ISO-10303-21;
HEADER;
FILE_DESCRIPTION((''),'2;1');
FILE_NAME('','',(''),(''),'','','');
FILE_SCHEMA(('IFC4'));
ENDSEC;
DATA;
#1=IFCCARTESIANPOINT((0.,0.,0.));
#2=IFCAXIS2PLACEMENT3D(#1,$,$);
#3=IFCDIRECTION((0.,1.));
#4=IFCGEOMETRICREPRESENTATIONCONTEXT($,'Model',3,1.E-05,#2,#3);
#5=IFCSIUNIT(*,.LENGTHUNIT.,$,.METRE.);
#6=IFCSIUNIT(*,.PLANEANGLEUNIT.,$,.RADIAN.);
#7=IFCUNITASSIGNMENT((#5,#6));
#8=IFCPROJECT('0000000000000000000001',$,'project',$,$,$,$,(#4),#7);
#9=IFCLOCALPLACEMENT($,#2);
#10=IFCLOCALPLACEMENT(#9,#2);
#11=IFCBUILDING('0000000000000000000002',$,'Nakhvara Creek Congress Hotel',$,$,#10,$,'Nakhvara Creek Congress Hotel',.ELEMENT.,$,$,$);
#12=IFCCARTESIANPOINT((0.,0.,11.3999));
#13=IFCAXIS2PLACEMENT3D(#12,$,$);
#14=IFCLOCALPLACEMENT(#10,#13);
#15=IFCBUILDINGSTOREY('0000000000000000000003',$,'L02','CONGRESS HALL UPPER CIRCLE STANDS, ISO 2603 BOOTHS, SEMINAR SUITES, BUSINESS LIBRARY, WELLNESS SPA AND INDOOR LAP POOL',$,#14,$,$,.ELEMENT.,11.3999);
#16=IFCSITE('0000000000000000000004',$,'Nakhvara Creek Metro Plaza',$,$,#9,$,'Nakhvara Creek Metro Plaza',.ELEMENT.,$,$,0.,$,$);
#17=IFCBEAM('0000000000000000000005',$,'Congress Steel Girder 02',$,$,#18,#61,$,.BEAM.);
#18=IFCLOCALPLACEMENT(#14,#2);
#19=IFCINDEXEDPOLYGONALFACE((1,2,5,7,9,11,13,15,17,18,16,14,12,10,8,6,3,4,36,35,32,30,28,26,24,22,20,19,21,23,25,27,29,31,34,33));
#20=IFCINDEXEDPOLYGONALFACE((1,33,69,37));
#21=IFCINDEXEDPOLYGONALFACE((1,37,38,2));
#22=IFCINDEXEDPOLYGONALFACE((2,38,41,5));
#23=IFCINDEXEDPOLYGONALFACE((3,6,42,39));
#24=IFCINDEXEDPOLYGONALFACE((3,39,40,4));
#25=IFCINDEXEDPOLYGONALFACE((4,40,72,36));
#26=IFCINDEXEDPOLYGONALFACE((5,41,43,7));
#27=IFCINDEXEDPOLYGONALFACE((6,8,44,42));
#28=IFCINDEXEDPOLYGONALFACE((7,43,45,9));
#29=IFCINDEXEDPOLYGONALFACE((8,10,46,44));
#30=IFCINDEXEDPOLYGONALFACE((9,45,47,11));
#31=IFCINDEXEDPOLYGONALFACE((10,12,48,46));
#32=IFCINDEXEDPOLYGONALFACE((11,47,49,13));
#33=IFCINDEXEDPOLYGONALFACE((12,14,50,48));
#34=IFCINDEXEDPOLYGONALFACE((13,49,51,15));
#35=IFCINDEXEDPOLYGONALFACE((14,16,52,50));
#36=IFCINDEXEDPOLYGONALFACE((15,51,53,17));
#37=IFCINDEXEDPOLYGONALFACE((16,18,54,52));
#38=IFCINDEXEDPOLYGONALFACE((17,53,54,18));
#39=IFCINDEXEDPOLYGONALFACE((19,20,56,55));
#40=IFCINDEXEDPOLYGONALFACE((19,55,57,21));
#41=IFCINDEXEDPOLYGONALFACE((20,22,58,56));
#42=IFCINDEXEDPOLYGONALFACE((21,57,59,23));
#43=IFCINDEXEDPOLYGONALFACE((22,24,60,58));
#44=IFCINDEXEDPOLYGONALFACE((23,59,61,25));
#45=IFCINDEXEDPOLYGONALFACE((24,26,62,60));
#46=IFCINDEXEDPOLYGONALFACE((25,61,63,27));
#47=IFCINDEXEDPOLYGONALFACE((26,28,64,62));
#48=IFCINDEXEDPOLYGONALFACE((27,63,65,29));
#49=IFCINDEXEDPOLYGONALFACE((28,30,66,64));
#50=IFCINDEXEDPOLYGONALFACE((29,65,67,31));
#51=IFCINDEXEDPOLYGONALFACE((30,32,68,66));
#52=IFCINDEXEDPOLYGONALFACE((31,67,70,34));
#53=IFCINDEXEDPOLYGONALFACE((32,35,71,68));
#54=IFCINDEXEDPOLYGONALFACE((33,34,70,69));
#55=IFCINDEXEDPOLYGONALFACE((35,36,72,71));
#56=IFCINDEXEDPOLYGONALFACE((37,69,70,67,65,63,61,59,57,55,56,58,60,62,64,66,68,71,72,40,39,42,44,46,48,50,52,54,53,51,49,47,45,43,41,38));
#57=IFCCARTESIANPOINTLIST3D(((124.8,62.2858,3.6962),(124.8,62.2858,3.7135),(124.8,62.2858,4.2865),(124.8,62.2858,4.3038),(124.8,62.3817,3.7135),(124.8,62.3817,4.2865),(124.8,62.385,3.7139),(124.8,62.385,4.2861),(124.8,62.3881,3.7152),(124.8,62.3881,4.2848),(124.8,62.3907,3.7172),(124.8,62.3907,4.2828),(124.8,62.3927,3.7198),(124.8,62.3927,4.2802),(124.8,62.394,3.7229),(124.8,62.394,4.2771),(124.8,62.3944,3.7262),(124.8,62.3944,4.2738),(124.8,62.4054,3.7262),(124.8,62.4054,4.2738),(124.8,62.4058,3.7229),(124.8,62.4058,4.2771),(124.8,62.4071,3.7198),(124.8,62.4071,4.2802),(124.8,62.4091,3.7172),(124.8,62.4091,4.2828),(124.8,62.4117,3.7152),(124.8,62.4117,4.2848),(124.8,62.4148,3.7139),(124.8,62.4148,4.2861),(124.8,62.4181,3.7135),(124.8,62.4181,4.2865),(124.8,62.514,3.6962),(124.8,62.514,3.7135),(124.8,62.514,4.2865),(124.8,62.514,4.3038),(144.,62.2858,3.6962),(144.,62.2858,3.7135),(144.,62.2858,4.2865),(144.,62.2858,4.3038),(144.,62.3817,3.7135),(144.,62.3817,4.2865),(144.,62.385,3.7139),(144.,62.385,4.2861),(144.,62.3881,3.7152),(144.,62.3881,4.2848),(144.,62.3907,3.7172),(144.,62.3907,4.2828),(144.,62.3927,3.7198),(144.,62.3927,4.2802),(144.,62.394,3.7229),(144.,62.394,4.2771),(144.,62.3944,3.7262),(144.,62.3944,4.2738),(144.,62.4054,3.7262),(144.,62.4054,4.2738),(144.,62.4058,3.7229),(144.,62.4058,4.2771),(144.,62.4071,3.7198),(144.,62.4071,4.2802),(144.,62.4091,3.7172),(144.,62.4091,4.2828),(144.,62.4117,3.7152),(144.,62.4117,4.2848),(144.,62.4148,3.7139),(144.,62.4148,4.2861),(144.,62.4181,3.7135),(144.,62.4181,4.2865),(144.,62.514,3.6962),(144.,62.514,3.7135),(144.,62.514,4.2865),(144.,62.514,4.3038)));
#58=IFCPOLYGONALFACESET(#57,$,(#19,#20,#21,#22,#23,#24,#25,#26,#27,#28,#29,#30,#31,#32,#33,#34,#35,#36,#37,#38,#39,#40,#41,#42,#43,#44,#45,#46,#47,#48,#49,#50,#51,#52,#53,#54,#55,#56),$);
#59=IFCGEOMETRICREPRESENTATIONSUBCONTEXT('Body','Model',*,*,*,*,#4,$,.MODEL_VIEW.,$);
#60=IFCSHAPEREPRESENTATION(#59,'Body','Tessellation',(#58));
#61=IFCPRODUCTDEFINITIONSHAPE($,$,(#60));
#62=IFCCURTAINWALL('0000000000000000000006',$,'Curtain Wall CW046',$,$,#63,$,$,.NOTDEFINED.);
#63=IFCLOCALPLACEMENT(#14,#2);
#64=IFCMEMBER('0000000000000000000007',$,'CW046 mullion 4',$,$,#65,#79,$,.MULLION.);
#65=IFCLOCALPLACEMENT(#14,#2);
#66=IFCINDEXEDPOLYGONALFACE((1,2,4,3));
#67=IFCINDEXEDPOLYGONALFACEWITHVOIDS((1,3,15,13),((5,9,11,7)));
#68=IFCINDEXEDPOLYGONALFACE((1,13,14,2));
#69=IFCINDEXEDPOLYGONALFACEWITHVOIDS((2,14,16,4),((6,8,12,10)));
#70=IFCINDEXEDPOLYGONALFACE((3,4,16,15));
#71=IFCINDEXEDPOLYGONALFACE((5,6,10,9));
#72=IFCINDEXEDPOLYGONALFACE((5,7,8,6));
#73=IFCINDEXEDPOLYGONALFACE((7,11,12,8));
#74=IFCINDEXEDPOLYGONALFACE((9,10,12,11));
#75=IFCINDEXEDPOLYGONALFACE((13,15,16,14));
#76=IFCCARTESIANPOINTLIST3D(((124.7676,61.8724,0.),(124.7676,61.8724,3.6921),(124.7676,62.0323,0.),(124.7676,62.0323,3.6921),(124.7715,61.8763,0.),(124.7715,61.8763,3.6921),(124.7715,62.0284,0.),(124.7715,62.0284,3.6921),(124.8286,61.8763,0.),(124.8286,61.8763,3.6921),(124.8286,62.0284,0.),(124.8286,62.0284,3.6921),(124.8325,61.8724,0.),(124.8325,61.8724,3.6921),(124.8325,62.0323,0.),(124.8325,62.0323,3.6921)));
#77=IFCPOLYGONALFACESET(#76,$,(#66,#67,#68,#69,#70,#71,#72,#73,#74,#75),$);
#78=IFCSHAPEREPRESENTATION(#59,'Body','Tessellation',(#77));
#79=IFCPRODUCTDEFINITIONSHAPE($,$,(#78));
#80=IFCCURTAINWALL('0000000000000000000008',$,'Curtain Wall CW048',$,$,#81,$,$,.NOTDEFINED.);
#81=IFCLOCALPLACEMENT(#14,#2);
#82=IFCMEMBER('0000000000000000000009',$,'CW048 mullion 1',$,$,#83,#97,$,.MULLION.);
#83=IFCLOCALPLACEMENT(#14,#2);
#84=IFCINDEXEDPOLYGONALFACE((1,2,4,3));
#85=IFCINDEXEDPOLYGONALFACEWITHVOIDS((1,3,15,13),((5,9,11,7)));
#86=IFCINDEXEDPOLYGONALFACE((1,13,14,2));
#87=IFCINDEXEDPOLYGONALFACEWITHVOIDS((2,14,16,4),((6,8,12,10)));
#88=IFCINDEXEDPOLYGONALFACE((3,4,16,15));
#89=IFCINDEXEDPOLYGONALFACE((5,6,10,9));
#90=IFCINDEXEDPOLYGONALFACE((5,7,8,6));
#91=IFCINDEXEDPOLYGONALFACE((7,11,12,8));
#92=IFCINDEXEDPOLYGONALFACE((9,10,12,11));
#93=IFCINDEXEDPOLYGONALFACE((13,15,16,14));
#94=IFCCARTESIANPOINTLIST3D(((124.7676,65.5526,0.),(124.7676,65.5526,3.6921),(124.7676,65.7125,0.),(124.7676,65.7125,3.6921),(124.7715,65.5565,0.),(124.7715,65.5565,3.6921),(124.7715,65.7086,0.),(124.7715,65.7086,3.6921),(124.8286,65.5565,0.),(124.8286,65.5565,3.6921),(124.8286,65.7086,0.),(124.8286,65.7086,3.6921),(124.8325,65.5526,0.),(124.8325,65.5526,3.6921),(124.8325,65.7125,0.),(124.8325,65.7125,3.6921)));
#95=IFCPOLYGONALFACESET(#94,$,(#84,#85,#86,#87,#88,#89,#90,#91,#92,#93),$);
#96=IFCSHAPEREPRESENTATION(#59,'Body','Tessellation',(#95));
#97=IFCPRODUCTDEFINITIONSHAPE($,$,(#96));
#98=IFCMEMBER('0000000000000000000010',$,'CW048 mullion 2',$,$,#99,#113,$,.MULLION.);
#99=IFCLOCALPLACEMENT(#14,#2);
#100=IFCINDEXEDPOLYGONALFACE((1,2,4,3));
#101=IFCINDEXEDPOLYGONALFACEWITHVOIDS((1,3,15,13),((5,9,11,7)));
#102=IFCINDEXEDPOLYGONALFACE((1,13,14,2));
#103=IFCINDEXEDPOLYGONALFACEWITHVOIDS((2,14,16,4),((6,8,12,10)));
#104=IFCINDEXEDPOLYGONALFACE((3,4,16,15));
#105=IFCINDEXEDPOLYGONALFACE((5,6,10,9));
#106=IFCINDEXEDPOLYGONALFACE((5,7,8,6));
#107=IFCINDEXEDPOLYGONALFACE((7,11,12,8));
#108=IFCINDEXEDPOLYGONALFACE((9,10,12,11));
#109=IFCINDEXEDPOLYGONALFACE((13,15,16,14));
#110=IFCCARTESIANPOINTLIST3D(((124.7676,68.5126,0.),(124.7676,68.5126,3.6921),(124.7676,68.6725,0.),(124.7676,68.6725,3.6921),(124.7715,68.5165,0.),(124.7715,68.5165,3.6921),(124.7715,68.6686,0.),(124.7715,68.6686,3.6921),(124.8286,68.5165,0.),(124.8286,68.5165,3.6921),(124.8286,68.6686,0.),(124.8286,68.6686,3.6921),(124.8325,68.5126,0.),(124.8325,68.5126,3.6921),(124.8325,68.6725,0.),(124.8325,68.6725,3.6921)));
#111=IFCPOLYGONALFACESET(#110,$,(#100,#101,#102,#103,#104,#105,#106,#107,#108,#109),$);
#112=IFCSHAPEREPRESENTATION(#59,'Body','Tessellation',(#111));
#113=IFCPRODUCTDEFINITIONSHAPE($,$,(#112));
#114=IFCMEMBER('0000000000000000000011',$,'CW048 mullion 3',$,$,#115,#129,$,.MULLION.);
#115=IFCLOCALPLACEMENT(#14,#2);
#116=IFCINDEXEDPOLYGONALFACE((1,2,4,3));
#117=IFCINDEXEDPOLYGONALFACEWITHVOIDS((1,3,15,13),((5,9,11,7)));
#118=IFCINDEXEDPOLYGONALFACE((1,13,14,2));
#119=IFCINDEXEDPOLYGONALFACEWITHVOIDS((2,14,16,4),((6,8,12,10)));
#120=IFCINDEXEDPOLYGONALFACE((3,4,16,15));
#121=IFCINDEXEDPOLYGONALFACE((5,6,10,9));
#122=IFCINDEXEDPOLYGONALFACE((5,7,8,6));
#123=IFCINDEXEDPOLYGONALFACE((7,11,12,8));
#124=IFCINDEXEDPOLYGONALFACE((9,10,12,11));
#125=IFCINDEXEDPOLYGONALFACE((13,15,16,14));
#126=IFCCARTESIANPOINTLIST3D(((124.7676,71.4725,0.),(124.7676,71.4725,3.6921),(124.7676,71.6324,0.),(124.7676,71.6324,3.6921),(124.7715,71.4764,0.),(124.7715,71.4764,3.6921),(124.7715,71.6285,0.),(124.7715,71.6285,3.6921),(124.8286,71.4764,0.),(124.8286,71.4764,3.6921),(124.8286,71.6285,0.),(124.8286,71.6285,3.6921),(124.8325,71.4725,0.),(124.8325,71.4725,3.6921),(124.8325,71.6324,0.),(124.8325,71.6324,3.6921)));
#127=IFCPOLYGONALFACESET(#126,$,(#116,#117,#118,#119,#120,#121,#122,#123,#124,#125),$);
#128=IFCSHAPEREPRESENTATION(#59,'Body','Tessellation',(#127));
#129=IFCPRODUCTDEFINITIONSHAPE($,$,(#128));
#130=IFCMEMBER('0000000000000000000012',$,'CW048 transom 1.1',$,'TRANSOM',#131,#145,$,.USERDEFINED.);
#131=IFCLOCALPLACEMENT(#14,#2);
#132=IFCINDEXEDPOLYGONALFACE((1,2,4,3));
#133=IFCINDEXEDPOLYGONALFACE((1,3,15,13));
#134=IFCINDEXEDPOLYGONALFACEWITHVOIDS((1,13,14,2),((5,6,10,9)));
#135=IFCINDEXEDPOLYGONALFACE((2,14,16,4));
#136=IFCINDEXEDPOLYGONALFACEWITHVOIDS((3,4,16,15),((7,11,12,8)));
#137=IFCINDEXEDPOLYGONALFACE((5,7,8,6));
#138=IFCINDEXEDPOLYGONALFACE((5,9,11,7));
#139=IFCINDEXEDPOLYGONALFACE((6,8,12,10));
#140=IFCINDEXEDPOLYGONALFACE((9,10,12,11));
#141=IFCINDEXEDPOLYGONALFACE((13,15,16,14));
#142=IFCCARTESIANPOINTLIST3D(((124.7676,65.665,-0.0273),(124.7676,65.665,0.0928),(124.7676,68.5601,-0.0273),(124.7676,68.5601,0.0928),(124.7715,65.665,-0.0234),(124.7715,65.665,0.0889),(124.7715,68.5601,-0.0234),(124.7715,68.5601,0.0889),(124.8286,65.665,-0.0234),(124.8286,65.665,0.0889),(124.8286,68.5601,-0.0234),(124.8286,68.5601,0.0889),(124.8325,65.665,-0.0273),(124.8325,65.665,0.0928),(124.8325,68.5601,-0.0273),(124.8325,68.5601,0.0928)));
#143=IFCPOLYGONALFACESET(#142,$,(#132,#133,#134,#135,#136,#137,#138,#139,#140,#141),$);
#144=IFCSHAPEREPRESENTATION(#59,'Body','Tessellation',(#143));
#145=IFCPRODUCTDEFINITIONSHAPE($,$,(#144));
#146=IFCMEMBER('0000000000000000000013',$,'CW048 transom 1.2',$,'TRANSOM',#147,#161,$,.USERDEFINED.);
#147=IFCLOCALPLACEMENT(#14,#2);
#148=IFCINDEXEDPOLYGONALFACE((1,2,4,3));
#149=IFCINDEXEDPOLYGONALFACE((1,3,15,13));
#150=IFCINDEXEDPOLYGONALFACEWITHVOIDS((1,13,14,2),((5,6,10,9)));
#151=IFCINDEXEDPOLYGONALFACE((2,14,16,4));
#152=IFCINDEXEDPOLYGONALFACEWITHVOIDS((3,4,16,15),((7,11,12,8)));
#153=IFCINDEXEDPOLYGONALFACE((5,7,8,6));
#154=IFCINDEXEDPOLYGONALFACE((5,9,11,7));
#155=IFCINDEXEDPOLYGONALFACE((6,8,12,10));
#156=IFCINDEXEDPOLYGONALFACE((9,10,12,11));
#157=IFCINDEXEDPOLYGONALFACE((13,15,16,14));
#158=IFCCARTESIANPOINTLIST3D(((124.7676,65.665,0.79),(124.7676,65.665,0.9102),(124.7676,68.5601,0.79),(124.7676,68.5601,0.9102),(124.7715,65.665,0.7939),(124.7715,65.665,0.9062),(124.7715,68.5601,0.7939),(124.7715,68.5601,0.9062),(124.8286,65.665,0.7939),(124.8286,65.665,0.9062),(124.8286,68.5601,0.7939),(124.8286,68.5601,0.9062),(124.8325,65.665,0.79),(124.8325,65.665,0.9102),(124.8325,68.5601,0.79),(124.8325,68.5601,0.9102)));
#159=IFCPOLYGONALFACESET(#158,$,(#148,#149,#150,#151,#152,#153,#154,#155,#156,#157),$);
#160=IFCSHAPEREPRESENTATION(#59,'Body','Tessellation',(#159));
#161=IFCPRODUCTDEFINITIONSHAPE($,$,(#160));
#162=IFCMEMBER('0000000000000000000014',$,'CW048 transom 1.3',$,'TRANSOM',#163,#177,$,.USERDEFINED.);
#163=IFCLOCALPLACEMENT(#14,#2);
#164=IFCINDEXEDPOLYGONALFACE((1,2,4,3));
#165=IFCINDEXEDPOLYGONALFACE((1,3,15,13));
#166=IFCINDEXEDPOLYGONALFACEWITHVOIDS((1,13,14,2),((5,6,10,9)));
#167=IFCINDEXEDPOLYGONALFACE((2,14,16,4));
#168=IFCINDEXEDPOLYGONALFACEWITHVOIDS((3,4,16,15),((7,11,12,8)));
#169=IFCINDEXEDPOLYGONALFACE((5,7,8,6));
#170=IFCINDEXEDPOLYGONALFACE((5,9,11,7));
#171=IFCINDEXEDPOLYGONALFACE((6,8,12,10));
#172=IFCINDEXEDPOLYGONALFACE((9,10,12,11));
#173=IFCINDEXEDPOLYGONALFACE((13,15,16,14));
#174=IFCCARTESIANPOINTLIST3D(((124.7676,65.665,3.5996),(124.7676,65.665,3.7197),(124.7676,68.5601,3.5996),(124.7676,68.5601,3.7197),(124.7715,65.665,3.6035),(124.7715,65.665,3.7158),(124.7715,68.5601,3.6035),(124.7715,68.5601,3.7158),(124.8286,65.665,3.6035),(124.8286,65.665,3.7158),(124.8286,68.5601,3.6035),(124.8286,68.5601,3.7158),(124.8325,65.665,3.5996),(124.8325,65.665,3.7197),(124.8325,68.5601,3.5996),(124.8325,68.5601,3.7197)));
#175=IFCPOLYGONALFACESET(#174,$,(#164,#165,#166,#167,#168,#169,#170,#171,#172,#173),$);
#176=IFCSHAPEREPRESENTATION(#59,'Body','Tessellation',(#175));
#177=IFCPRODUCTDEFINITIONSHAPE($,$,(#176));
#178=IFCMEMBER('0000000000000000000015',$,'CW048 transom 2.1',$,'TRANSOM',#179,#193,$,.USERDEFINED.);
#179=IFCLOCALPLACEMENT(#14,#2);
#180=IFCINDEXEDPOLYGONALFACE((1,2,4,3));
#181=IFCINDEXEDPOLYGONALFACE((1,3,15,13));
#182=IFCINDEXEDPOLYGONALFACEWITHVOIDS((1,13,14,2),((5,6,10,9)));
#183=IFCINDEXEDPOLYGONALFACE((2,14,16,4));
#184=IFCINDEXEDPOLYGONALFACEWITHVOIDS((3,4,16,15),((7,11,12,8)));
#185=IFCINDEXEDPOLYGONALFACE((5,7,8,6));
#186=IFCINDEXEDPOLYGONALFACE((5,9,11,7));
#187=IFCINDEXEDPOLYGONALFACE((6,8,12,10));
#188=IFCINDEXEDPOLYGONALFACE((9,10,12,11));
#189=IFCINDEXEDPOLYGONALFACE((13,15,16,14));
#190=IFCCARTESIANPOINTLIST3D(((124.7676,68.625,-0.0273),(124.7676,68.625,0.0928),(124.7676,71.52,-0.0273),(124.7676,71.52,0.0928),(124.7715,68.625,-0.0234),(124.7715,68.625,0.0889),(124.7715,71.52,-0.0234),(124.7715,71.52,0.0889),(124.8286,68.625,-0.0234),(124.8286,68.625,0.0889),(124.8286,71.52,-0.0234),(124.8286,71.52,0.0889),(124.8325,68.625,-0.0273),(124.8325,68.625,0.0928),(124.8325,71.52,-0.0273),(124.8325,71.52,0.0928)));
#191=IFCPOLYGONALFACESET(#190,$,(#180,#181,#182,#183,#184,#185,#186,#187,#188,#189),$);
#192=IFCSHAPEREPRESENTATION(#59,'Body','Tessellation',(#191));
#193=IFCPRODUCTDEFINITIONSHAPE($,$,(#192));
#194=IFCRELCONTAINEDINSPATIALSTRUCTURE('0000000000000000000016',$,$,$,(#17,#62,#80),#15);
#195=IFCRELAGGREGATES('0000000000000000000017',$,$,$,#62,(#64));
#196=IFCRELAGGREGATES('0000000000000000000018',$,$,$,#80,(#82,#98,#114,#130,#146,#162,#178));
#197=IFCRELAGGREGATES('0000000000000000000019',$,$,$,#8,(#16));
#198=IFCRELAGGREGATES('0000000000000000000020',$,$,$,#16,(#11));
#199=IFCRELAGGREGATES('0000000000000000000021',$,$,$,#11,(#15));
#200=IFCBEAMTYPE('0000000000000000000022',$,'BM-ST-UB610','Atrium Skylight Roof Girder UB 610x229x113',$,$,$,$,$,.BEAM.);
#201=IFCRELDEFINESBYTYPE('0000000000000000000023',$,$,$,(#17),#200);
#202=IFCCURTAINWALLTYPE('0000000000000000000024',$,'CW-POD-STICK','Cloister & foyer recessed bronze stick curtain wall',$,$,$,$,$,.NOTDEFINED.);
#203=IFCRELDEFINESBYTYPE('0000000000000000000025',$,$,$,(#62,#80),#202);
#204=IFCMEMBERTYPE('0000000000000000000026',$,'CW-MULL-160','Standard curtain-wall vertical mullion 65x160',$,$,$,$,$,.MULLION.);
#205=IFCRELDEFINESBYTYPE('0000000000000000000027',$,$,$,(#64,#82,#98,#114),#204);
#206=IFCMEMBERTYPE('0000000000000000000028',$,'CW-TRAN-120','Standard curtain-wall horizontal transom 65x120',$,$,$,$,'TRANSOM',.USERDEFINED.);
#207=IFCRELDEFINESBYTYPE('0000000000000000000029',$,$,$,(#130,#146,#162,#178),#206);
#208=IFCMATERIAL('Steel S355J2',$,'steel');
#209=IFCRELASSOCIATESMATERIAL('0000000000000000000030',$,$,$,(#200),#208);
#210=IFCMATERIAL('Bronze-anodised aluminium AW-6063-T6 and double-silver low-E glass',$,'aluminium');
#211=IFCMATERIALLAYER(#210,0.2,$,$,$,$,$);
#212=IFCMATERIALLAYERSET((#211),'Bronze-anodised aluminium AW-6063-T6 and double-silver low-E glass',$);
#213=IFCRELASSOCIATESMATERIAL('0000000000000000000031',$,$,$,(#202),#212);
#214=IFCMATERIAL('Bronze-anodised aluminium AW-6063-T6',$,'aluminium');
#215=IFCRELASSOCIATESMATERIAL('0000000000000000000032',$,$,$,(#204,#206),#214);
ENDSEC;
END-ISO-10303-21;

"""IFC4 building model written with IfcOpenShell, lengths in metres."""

from ifc_helpers import new_model, si_unit, direction, frame, origin, origin_2d, place, context, subcontext, project, spatial, hollow_rectangle, i_section, extrude, material, layer, layer_set, material_profile, profile_set, type_object, element, aggregate, save


model = new_model("IFC4")

# Units and contexts
model_context = context("Model", 3, precision=1e-05, world=origin(), true_north=direction((0.0, 1.0)))
body_context = subcontext(model_context, "Body", "Model", "MODEL_VIEW")
ifc_project = project(units=[si_unit("LENGTHUNIT", "METRE"), si_unit("PLANEANGLEUNIT", "RADIAN")], contexts=[model_context])

# Site, building, storey
site_placement = place(None, origin())
site = spatial("IfcSite", under=ifc_project, at=site_placement, Name="Nakhvara Creek Metro Plaza", LongName="Nakhvara Creek Metro Plaza", CompositionType="ELEMENT", RefElevation=0.0)
building_placement = place(site_placement, origin())
building = spatial("IfcBuilding", under=site, at=building_placement, Name="Nakhvara Creek Congress Hotel", LongName="Nakhvara Creek Congress Hotel", CompositionType="ELEMENT")
storey_placement = place(building_placement, frame((0.0, 0.0, 11.3999)))
storey = spatial("IfcBuildingStorey", under=building, at=storey_placement, Name="L02", Description="CONGRESS HALL UPPER CIRCLE STANDS, ISO 2603 BOOTHS, SEMINAR SUITES, BUSINESS LIBRARY, WELLNESS SPA AND INDOOR LAP POOL", CompositionType="ELEMENT", Elevation=11.3999)

# Beam
ifc_material_1 = material(Name="Steel S355J2", Category="steel")
ifc_material_profile_1 = material_profile(ifc_material_1, i_section(OverallWidth=0.2283, OverallDepth=0.6077, WebThickness=0.011, FlangeThickness=0.0173, FilletRadius=0.0127, at=origin_2d()), Name="UB 610x229x113", Category="LoadBearing")
ifc_profile_set_1 = profile_set([ifc_material_profile_1], Name="Steel S355J2")
beam_type_1 = type_object("IfcBeamType", Name="BM-ST-UB610", Description="Atrium Skylight Roof Girder UB 610x229x113", PredefinedType="BEAM", material=ifc_profile_set_1)
beam_1_placement = place(storey_placement, frame((124.8, 62.3999, 4.0), z_axis=(1.0, 0.0, 0.0), x_axis=(0.0, 1.0, 0.0)))
element("IfcBeam", 1, at=beam_1_placement, inside=storey, type_object=beam_type_1, Name="Congress Steel Girder 02", PredefinedType="BEAM", context=body_context, shape_type="SweptSolid", body=[
    extrude(i_section(OverallWidth=0.2283, OverallDepth=0.6077, WebThickness=0.011, FlangeThickness=0.0173, FilletRadius=0.0127, at=origin_2d()), origin(), (0.0, 0.0, 1.0), 19.2),
])

# Curtain wall, member
ifc_material_2 = material(Name="Bronze-anodised aluminium AW-6063-T6 and double-silver low-E glass", Category="aluminium")
ifc_layer_1 = layer(ifc_material_2, 0.2)
ifc_layer_set_1 = layer_set([ifc_layer_1], Name="Bronze-anodised aluminium AW-6063-T6 and double-silver low-E glass")
curtain_wall_type = type_object("IfcCurtainWallType", Name="CW-POD-STICK", Description="Cloister & foyer recessed bronze stick curtain wall", PredefinedType="NOTDEFINED", material=ifc_layer_set_1)
curtain_wall_1_placement = place(storey_placement, origin())
curtain_wall_1 = element("IfcCurtainWall", 2, at=curtain_wall_1_placement, inside=storey, type_object=curtain_wall_type, Name="Curtain Wall CW046", PredefinedType="NOTDEFINED")
ifc_material_3 = material(Name="Bronze-anodised aluminium AW-6063-T6", Category="aluminium")
ifc_material_profile_2 = material_profile(ifc_material_3, hollow_rectangle(XDim=0.0649, YDim=0.1599, WallThickness=0.0039, at=origin_2d()), Name="ALU-MULL 65x160x4", Category="LoadBearing")
ifc_profile_set_2 = profile_set([ifc_material_profile_2], Name="Bronze-anodised aluminium AW-6063-T6")
member_type_1 = type_object("IfcMemberType", Name="CW-MULL-160", Description="Standard curtain-wall vertical mullion 65x160", PredefinedType="MULLION", material=ifc_profile_set_2)
member_1_placement = place(storey_placement, frame((124.8, 61.9524, 0.0), z_axis=(0.0, 0.0, 1.0), x_axis=(-1.0, 0.0, 0.0)))
member_1 = element("IfcMember", 3, at=member_1_placement, type_object=member_type_1, Name="CW046 mullion 4", PredefinedType="MULLION", context=body_context, shape_type="SweptSolid", body=[
    extrude(hollow_rectangle(XDim=0.0649, YDim=0.1599, WallThickness=0.0039, at=origin_2d()), origin(), (0.0, 0.0, 1.0), 3.6921),
])
aggregate(curtain_wall_1, [member_1])

# Curtain wall, members
curtain_wall_2_placement = place(storey_placement, origin())
curtain_wall_2 = element("IfcCurtainWall", 4, at=curtain_wall_2_placement, inside=storey, type_object=curtain_wall_type, Name="Curtain Wall CW048", PredefinedType="NOTDEFINED")
member_2_placement = place(storey_placement, frame((124.8, 65.6326, 0.0), z_axis=(0.0, 0.0, 1.0), x_axis=(-1.0, 0.0, 0.0)))
member_2 = element("IfcMember", 5, at=member_2_placement, type_object=member_type_1, Name="CW048 mullion 1", PredefinedType="MULLION", context=body_context, shape_type="SweptSolid", body=[
    extrude(hollow_rectangle(XDim=0.0649, YDim=0.1599, WallThickness=0.0039, at=origin_2d()), origin(), (0.0, 0.0, 1.0), 3.6921),
])
member_3_placement = place(storey_placement, frame((124.8, 68.5925, 0.0), z_axis=(0.0, 0.0, 1.0), x_axis=(-1.0, 0.0, 0.0)))
member_3 = element("IfcMember", 6, at=member_3_placement, type_object=member_type_1, Name="CW048 mullion 2", PredefinedType="MULLION", context=body_context, shape_type="SweptSolid", body=[
    extrude(hollow_rectangle(XDim=0.0649, YDim=0.1599, WallThickness=0.0039, at=origin_2d()), origin(), (0.0, 0.0, 1.0), 3.6921),
])
member_4_placement = place(storey_placement, frame((124.8, 71.5525, 0.0), z_axis=(0.0, 0.0, 1.0), x_axis=(-1.0, 0.0, 0.0)))
member_4 = element("IfcMember", 7, at=member_4_placement, type_object=member_type_1, Name="CW048 mullion 3", PredefinedType="MULLION", context=body_context, shape_type="SweptSolid", body=[
    extrude(hollow_rectangle(XDim=0.0649, YDim=0.1599, WallThickness=0.0039, at=origin_2d()), origin(), (0.0, 0.0, 1.0), 3.6921),
])
ifc_material_profile_3 = material_profile(ifc_material_3, hollow_rectangle(XDim=0.0649, YDim=0.1201, WallThickness=0.0039, at=origin_2d()), Name="ALU-TRAN 65x120x4", Category="LoadBearing")
ifc_profile_set_3 = profile_set([ifc_material_profile_3], Name="Bronze-anodised aluminium AW-6063-T6")
member_type_2 = type_object("IfcMemberType", Name="CW-TRAN-120", Description="Standard curtain-wall horizontal transom 65x120", ElementType="TRANSOM", PredefinedType="USERDEFINED", material=ifc_profile_set_3)
member_5_placement = place(storey_placement, frame((124.8, 65.665, 0.0327), z_axis=(0.0, 1.0, 0.0), x_axis=(-1.0, 0.0, 0.0)))
member_5 = element("IfcMember", 8, at=member_5_placement, type_object=member_type_2, Name="CW048 transom 1.1", ObjectType="TRANSOM", PredefinedType="USERDEFINED", context=body_context, shape_type="SweptSolid", body=[
    extrude(hollow_rectangle(XDim=0.0649, YDim=0.1201, WallThickness=0.0039, at=origin_2d()), origin(), (0.0, 0.0, 1.0), 2.895),
])
member_6_placement = place(storey_placement, frame((124.8, 65.665, 0.8501), z_axis=(0.0, 1.0, 0.0), x_axis=(-1.0, 0.0, 0.0)))
member_6 = element("IfcMember", 9, at=member_6_placement, type_object=member_type_2, Name="CW048 transom 1.2", ObjectType="TRANSOM", PredefinedType="USERDEFINED", context=body_context, shape_type="SweptSolid", body=[
    extrude(hollow_rectangle(XDim=0.0649, YDim=0.1201, WallThickness=0.0039, at=origin_2d()), origin(), (0.0, 0.0, 1.0), 2.895),
])
member_7_placement = place(storey_placement, frame((124.8, 65.665, 3.6597), z_axis=(0.0, 1.0, 0.0), x_axis=(-1.0, 0.0, 0.0)))
member_7 = element("IfcMember", 10, at=member_7_placement, type_object=member_type_2, Name="CW048 transom 1.3", ObjectType="TRANSOM", PredefinedType="USERDEFINED", context=body_context, shape_type="SweptSolid", body=[
    extrude(hollow_rectangle(XDim=0.0649, YDim=0.1201, WallThickness=0.0039, at=origin_2d()), origin(), (0.0, 0.0, 1.0), 2.895),
])
member_8_placement = place(storey_placement, frame((124.8, 68.625, 0.0327), z_axis=(0.0, 1.0, 0.0), x_axis=(-1.0, 0.0, 0.0)))
member_8 = element("IfcMember", 11, at=member_8_placement, type_object=member_type_2, Name="CW048 transom 2.1", ObjectType="TRANSOM", PredefinedType="USERDEFINED", context=body_context, shape_type="SweptSolid", body=[
    extrude(hollow_rectangle(XDim=0.0649, YDim=0.1201, WallThickness=0.0039, at=origin_2d()), origin(), (0.0, 0.0, 1.0), 2.895),
])
aggregate(curtain_wall_2, [member_2, member_3, member_4, member_5, member_6, member_7, member_8])

save(model, "model.ifc")
